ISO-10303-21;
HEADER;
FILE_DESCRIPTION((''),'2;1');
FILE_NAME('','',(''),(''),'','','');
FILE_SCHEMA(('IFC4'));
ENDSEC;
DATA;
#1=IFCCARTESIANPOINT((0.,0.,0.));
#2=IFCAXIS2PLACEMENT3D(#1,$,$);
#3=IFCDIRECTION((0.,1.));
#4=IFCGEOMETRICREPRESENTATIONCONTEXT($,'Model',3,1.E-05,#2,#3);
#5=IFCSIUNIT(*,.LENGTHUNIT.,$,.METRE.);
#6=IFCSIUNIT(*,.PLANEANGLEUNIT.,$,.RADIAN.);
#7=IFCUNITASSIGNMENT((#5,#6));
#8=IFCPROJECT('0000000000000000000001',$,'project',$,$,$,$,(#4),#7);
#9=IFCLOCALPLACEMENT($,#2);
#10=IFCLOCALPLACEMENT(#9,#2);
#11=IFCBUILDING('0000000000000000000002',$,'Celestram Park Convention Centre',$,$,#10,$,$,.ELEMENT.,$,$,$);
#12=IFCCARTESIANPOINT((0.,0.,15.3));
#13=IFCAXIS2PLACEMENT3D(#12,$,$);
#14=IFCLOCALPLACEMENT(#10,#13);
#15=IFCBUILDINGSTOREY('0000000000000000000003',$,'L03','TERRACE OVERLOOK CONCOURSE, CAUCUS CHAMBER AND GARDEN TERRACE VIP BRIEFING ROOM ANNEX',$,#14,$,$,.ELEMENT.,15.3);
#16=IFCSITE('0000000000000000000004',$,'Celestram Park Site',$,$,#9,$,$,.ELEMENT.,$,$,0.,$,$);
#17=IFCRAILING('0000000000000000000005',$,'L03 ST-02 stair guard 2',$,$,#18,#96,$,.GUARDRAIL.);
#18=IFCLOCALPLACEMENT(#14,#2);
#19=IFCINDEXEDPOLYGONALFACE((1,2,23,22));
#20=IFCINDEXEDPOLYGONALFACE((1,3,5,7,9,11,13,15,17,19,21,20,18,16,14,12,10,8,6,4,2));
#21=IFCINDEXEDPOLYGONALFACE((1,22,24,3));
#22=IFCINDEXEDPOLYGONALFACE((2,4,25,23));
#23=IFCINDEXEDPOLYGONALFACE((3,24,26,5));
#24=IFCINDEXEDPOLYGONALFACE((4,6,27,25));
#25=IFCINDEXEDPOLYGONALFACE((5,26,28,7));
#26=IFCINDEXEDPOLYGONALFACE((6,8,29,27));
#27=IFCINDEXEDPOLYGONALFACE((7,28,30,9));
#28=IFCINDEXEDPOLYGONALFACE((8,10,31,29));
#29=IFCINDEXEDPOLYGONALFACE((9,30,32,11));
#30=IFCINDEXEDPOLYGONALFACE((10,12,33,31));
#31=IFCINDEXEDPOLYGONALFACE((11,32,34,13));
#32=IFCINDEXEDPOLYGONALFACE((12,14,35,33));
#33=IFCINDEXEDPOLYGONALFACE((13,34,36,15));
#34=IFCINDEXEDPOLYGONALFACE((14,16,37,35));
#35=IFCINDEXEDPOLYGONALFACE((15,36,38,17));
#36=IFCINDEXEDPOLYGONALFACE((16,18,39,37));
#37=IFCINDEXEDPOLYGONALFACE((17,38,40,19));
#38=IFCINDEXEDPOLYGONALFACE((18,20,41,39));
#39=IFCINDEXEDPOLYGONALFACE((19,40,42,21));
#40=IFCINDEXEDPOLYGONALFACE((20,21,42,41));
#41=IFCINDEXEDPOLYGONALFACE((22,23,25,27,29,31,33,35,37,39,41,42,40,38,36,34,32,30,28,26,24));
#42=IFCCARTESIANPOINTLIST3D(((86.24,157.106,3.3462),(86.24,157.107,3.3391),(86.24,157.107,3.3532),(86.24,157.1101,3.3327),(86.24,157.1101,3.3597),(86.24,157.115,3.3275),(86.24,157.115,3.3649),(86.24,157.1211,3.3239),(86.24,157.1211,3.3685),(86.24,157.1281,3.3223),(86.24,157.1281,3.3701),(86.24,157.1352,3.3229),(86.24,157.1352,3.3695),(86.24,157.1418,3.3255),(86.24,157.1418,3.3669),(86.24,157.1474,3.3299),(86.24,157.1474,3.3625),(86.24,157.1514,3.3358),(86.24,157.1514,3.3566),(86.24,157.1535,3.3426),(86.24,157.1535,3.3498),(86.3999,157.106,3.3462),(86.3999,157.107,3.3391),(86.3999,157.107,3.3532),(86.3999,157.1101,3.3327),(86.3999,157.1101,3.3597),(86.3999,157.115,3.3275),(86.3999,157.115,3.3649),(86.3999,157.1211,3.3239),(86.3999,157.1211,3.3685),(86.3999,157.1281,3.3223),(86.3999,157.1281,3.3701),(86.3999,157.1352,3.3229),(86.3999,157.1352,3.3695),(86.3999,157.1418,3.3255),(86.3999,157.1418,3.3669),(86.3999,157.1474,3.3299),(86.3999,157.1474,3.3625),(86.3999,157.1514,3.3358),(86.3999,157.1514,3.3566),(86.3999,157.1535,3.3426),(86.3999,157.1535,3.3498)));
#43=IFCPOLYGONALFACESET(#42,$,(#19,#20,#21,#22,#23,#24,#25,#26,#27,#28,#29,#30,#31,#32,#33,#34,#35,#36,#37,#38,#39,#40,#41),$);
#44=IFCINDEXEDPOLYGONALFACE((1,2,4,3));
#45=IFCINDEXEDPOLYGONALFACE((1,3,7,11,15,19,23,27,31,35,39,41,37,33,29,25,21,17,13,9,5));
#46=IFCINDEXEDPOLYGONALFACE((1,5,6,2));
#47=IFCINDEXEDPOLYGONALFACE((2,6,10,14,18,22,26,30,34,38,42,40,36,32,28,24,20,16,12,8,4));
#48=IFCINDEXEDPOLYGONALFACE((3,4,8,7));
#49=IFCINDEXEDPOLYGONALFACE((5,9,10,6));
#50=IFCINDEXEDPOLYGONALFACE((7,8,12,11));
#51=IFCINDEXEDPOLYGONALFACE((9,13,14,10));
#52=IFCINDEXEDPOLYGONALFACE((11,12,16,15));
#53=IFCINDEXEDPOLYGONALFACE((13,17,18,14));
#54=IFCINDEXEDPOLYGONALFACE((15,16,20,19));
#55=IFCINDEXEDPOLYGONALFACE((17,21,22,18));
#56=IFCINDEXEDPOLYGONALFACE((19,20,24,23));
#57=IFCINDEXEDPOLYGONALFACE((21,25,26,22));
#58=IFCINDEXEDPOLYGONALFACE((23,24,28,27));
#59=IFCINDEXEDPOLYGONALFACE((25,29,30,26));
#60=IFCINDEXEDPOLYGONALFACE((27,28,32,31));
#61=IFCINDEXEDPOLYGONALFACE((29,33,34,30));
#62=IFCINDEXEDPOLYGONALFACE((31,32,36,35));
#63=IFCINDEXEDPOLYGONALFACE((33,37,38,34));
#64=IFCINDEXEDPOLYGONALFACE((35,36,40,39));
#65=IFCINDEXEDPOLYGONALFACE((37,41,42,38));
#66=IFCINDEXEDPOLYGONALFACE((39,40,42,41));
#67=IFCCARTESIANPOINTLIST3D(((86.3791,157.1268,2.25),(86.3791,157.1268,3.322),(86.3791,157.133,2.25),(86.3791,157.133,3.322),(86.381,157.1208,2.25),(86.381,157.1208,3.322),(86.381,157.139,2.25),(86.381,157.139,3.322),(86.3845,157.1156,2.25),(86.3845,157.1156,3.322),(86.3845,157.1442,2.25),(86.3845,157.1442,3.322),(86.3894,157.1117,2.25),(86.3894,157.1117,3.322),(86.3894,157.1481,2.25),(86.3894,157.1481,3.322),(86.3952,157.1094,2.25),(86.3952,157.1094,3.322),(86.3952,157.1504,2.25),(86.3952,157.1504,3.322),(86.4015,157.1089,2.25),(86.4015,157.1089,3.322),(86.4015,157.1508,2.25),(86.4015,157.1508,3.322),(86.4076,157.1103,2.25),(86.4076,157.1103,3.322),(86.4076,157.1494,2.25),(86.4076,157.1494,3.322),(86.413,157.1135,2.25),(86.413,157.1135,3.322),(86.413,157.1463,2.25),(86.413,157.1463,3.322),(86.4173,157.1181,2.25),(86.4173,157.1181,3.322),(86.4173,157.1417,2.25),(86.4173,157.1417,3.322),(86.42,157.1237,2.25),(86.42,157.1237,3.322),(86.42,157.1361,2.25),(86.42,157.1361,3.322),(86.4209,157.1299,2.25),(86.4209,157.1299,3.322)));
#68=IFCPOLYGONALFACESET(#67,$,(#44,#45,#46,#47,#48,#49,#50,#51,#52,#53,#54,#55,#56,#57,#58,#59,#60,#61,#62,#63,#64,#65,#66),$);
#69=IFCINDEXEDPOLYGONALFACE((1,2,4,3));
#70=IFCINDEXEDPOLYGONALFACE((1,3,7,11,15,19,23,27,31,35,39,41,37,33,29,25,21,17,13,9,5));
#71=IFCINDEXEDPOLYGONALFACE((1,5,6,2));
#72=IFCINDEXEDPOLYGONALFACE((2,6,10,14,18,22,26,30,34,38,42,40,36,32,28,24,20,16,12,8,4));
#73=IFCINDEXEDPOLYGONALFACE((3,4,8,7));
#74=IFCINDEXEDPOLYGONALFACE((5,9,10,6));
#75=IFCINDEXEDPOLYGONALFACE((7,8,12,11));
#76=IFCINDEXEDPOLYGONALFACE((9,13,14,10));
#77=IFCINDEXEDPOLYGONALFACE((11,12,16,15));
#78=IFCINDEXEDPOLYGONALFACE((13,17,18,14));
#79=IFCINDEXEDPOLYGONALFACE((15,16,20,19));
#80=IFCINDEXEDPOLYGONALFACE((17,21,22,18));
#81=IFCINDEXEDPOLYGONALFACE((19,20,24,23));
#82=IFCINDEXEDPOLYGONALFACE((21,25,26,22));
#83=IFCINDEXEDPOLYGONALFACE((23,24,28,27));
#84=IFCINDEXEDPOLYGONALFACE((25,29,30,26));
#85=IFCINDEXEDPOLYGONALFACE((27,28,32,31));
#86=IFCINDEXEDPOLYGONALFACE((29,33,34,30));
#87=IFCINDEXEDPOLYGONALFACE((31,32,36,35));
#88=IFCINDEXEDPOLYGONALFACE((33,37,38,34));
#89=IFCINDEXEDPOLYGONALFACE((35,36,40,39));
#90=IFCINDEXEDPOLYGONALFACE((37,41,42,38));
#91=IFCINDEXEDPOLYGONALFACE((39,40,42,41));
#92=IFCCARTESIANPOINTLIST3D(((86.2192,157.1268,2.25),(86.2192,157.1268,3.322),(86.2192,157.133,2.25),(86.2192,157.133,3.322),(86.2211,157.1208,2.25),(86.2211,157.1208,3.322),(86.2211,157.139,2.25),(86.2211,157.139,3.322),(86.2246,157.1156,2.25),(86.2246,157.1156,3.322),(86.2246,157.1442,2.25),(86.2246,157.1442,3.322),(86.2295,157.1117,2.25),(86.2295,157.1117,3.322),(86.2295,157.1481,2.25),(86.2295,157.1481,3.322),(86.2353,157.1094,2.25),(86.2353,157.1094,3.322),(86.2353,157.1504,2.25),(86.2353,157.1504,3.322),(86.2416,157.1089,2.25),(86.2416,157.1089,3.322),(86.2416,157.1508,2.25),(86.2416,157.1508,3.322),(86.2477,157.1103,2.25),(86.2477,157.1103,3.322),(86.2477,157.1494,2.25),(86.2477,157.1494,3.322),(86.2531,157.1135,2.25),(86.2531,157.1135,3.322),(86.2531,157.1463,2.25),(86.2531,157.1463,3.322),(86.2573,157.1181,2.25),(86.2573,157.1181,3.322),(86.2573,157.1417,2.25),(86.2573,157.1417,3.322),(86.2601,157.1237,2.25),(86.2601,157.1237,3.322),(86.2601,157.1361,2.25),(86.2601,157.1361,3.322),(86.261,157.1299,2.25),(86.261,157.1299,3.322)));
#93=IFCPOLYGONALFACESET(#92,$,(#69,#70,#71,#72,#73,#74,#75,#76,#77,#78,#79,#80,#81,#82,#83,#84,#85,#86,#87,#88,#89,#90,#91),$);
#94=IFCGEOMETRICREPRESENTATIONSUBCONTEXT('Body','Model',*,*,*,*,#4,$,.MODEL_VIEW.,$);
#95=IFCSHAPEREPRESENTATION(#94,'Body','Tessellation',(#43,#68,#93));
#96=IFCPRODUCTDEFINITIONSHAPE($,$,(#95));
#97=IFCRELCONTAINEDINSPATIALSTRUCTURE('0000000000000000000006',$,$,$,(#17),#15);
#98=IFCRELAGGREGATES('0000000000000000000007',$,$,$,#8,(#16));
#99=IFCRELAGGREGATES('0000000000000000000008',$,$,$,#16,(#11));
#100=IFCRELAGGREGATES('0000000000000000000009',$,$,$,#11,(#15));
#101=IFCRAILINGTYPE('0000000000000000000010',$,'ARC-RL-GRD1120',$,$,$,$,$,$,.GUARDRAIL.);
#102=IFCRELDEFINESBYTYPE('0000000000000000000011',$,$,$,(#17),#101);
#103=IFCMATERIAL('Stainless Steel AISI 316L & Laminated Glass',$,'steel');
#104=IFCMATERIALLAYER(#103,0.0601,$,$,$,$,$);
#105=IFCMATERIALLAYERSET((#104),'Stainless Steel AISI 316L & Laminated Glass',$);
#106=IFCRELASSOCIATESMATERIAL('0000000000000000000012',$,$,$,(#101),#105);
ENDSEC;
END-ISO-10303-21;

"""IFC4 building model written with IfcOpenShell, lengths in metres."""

from ifc_helpers import new_model, si_unit, direction, frame, origin, origin_2d, place, context, subcontext, project, spatial, circle, extrude, material, layer, layer_set, type_object, element, save


model = new_model("IFC4")

# Units and contexts
model_context = context("Model", 3, precision=1e-05, world=origin(), true_north=direction((0.0, 1.0)))
body_context = subcontext(model_context, "Body", "Model", "MODEL_VIEW")
ifc_project = project(units=[si_unit("LENGTHUNIT", "METRE"), si_unit("PLANEANGLEUNIT", "RADIAN")], contexts=[model_context])

# Site, building, storey
site_placement = place(None, origin())
site = spatial("IfcSite", under=ifc_project, at=site_placement, Name="Celestram Park Site", CompositionType="ELEMENT", RefElevation=0.0)
building_placement = place(site_placement, origin())
building = spatial("IfcBuilding", under=site, at=building_placement, Name="Celestram Park Convention Centre", CompositionType="ELEMENT")
storey_placement = place(building_placement, frame((0.0, 0.0, 15.3)))
storey = spatial("IfcBuildingStorey", under=building, at=storey_placement, Name="L03", Description="TERRACE OVERLOOK CONCOURSE, CAUCUS CHAMBER AND GARDEN TERRACE VIP BRIEFING ROOM ANNEX", CompositionType="ELEMENT", Elevation=15.3)

# Railing
ifc_material_1 = material(Name="Stainless Steel AISI 316L & Laminated Glass", Category="steel")
ifc_layer_1 = layer(ifc_material_1, 0.0601)
ifc_layer_set_1 = layer_set([ifc_layer_1], Name="Stainless Steel AISI 316L & Laminated Glass")
railing_type_1 = type_object("IfcRailingType", Name="ARC-RL-GRD1120", PredefinedType="GUARDRAIL", material=ifc_layer_set_1)
railing_1_placement = place(storey_placement, frame((86.3999, 157.1299, 2.25)))
element("IfcRailing", 1, at=railing_1_placement, inside=storey, type_object=railing_type_1, Name="L03 ST-02 stair guard 2", PredefinedType="GUARDRAIL", context=body_context, shape_type="SweptSolid", body=[
    extrude(circle(Radius=0.0239, at=origin_2d()), frame((0.0, 0.0, 1.0962), z_axis=(-1.0, 0.0, 0.0), x_axis=(0.0, -1.0, 0.0)), (0.0, 0.0, 1.0), 0.1599),
    extrude(circle(Radius=0.021, at=origin_2d()), origin(), (0.0, 0.0, 1.0), 1.072),
    extrude(circle(Radius=0.021, at=origin_2d()), frame((-0.1599, 0.0, 0.0)), (0.0, 0.0, 1.0), 1.072),
])

save(model, "model.ifc")
